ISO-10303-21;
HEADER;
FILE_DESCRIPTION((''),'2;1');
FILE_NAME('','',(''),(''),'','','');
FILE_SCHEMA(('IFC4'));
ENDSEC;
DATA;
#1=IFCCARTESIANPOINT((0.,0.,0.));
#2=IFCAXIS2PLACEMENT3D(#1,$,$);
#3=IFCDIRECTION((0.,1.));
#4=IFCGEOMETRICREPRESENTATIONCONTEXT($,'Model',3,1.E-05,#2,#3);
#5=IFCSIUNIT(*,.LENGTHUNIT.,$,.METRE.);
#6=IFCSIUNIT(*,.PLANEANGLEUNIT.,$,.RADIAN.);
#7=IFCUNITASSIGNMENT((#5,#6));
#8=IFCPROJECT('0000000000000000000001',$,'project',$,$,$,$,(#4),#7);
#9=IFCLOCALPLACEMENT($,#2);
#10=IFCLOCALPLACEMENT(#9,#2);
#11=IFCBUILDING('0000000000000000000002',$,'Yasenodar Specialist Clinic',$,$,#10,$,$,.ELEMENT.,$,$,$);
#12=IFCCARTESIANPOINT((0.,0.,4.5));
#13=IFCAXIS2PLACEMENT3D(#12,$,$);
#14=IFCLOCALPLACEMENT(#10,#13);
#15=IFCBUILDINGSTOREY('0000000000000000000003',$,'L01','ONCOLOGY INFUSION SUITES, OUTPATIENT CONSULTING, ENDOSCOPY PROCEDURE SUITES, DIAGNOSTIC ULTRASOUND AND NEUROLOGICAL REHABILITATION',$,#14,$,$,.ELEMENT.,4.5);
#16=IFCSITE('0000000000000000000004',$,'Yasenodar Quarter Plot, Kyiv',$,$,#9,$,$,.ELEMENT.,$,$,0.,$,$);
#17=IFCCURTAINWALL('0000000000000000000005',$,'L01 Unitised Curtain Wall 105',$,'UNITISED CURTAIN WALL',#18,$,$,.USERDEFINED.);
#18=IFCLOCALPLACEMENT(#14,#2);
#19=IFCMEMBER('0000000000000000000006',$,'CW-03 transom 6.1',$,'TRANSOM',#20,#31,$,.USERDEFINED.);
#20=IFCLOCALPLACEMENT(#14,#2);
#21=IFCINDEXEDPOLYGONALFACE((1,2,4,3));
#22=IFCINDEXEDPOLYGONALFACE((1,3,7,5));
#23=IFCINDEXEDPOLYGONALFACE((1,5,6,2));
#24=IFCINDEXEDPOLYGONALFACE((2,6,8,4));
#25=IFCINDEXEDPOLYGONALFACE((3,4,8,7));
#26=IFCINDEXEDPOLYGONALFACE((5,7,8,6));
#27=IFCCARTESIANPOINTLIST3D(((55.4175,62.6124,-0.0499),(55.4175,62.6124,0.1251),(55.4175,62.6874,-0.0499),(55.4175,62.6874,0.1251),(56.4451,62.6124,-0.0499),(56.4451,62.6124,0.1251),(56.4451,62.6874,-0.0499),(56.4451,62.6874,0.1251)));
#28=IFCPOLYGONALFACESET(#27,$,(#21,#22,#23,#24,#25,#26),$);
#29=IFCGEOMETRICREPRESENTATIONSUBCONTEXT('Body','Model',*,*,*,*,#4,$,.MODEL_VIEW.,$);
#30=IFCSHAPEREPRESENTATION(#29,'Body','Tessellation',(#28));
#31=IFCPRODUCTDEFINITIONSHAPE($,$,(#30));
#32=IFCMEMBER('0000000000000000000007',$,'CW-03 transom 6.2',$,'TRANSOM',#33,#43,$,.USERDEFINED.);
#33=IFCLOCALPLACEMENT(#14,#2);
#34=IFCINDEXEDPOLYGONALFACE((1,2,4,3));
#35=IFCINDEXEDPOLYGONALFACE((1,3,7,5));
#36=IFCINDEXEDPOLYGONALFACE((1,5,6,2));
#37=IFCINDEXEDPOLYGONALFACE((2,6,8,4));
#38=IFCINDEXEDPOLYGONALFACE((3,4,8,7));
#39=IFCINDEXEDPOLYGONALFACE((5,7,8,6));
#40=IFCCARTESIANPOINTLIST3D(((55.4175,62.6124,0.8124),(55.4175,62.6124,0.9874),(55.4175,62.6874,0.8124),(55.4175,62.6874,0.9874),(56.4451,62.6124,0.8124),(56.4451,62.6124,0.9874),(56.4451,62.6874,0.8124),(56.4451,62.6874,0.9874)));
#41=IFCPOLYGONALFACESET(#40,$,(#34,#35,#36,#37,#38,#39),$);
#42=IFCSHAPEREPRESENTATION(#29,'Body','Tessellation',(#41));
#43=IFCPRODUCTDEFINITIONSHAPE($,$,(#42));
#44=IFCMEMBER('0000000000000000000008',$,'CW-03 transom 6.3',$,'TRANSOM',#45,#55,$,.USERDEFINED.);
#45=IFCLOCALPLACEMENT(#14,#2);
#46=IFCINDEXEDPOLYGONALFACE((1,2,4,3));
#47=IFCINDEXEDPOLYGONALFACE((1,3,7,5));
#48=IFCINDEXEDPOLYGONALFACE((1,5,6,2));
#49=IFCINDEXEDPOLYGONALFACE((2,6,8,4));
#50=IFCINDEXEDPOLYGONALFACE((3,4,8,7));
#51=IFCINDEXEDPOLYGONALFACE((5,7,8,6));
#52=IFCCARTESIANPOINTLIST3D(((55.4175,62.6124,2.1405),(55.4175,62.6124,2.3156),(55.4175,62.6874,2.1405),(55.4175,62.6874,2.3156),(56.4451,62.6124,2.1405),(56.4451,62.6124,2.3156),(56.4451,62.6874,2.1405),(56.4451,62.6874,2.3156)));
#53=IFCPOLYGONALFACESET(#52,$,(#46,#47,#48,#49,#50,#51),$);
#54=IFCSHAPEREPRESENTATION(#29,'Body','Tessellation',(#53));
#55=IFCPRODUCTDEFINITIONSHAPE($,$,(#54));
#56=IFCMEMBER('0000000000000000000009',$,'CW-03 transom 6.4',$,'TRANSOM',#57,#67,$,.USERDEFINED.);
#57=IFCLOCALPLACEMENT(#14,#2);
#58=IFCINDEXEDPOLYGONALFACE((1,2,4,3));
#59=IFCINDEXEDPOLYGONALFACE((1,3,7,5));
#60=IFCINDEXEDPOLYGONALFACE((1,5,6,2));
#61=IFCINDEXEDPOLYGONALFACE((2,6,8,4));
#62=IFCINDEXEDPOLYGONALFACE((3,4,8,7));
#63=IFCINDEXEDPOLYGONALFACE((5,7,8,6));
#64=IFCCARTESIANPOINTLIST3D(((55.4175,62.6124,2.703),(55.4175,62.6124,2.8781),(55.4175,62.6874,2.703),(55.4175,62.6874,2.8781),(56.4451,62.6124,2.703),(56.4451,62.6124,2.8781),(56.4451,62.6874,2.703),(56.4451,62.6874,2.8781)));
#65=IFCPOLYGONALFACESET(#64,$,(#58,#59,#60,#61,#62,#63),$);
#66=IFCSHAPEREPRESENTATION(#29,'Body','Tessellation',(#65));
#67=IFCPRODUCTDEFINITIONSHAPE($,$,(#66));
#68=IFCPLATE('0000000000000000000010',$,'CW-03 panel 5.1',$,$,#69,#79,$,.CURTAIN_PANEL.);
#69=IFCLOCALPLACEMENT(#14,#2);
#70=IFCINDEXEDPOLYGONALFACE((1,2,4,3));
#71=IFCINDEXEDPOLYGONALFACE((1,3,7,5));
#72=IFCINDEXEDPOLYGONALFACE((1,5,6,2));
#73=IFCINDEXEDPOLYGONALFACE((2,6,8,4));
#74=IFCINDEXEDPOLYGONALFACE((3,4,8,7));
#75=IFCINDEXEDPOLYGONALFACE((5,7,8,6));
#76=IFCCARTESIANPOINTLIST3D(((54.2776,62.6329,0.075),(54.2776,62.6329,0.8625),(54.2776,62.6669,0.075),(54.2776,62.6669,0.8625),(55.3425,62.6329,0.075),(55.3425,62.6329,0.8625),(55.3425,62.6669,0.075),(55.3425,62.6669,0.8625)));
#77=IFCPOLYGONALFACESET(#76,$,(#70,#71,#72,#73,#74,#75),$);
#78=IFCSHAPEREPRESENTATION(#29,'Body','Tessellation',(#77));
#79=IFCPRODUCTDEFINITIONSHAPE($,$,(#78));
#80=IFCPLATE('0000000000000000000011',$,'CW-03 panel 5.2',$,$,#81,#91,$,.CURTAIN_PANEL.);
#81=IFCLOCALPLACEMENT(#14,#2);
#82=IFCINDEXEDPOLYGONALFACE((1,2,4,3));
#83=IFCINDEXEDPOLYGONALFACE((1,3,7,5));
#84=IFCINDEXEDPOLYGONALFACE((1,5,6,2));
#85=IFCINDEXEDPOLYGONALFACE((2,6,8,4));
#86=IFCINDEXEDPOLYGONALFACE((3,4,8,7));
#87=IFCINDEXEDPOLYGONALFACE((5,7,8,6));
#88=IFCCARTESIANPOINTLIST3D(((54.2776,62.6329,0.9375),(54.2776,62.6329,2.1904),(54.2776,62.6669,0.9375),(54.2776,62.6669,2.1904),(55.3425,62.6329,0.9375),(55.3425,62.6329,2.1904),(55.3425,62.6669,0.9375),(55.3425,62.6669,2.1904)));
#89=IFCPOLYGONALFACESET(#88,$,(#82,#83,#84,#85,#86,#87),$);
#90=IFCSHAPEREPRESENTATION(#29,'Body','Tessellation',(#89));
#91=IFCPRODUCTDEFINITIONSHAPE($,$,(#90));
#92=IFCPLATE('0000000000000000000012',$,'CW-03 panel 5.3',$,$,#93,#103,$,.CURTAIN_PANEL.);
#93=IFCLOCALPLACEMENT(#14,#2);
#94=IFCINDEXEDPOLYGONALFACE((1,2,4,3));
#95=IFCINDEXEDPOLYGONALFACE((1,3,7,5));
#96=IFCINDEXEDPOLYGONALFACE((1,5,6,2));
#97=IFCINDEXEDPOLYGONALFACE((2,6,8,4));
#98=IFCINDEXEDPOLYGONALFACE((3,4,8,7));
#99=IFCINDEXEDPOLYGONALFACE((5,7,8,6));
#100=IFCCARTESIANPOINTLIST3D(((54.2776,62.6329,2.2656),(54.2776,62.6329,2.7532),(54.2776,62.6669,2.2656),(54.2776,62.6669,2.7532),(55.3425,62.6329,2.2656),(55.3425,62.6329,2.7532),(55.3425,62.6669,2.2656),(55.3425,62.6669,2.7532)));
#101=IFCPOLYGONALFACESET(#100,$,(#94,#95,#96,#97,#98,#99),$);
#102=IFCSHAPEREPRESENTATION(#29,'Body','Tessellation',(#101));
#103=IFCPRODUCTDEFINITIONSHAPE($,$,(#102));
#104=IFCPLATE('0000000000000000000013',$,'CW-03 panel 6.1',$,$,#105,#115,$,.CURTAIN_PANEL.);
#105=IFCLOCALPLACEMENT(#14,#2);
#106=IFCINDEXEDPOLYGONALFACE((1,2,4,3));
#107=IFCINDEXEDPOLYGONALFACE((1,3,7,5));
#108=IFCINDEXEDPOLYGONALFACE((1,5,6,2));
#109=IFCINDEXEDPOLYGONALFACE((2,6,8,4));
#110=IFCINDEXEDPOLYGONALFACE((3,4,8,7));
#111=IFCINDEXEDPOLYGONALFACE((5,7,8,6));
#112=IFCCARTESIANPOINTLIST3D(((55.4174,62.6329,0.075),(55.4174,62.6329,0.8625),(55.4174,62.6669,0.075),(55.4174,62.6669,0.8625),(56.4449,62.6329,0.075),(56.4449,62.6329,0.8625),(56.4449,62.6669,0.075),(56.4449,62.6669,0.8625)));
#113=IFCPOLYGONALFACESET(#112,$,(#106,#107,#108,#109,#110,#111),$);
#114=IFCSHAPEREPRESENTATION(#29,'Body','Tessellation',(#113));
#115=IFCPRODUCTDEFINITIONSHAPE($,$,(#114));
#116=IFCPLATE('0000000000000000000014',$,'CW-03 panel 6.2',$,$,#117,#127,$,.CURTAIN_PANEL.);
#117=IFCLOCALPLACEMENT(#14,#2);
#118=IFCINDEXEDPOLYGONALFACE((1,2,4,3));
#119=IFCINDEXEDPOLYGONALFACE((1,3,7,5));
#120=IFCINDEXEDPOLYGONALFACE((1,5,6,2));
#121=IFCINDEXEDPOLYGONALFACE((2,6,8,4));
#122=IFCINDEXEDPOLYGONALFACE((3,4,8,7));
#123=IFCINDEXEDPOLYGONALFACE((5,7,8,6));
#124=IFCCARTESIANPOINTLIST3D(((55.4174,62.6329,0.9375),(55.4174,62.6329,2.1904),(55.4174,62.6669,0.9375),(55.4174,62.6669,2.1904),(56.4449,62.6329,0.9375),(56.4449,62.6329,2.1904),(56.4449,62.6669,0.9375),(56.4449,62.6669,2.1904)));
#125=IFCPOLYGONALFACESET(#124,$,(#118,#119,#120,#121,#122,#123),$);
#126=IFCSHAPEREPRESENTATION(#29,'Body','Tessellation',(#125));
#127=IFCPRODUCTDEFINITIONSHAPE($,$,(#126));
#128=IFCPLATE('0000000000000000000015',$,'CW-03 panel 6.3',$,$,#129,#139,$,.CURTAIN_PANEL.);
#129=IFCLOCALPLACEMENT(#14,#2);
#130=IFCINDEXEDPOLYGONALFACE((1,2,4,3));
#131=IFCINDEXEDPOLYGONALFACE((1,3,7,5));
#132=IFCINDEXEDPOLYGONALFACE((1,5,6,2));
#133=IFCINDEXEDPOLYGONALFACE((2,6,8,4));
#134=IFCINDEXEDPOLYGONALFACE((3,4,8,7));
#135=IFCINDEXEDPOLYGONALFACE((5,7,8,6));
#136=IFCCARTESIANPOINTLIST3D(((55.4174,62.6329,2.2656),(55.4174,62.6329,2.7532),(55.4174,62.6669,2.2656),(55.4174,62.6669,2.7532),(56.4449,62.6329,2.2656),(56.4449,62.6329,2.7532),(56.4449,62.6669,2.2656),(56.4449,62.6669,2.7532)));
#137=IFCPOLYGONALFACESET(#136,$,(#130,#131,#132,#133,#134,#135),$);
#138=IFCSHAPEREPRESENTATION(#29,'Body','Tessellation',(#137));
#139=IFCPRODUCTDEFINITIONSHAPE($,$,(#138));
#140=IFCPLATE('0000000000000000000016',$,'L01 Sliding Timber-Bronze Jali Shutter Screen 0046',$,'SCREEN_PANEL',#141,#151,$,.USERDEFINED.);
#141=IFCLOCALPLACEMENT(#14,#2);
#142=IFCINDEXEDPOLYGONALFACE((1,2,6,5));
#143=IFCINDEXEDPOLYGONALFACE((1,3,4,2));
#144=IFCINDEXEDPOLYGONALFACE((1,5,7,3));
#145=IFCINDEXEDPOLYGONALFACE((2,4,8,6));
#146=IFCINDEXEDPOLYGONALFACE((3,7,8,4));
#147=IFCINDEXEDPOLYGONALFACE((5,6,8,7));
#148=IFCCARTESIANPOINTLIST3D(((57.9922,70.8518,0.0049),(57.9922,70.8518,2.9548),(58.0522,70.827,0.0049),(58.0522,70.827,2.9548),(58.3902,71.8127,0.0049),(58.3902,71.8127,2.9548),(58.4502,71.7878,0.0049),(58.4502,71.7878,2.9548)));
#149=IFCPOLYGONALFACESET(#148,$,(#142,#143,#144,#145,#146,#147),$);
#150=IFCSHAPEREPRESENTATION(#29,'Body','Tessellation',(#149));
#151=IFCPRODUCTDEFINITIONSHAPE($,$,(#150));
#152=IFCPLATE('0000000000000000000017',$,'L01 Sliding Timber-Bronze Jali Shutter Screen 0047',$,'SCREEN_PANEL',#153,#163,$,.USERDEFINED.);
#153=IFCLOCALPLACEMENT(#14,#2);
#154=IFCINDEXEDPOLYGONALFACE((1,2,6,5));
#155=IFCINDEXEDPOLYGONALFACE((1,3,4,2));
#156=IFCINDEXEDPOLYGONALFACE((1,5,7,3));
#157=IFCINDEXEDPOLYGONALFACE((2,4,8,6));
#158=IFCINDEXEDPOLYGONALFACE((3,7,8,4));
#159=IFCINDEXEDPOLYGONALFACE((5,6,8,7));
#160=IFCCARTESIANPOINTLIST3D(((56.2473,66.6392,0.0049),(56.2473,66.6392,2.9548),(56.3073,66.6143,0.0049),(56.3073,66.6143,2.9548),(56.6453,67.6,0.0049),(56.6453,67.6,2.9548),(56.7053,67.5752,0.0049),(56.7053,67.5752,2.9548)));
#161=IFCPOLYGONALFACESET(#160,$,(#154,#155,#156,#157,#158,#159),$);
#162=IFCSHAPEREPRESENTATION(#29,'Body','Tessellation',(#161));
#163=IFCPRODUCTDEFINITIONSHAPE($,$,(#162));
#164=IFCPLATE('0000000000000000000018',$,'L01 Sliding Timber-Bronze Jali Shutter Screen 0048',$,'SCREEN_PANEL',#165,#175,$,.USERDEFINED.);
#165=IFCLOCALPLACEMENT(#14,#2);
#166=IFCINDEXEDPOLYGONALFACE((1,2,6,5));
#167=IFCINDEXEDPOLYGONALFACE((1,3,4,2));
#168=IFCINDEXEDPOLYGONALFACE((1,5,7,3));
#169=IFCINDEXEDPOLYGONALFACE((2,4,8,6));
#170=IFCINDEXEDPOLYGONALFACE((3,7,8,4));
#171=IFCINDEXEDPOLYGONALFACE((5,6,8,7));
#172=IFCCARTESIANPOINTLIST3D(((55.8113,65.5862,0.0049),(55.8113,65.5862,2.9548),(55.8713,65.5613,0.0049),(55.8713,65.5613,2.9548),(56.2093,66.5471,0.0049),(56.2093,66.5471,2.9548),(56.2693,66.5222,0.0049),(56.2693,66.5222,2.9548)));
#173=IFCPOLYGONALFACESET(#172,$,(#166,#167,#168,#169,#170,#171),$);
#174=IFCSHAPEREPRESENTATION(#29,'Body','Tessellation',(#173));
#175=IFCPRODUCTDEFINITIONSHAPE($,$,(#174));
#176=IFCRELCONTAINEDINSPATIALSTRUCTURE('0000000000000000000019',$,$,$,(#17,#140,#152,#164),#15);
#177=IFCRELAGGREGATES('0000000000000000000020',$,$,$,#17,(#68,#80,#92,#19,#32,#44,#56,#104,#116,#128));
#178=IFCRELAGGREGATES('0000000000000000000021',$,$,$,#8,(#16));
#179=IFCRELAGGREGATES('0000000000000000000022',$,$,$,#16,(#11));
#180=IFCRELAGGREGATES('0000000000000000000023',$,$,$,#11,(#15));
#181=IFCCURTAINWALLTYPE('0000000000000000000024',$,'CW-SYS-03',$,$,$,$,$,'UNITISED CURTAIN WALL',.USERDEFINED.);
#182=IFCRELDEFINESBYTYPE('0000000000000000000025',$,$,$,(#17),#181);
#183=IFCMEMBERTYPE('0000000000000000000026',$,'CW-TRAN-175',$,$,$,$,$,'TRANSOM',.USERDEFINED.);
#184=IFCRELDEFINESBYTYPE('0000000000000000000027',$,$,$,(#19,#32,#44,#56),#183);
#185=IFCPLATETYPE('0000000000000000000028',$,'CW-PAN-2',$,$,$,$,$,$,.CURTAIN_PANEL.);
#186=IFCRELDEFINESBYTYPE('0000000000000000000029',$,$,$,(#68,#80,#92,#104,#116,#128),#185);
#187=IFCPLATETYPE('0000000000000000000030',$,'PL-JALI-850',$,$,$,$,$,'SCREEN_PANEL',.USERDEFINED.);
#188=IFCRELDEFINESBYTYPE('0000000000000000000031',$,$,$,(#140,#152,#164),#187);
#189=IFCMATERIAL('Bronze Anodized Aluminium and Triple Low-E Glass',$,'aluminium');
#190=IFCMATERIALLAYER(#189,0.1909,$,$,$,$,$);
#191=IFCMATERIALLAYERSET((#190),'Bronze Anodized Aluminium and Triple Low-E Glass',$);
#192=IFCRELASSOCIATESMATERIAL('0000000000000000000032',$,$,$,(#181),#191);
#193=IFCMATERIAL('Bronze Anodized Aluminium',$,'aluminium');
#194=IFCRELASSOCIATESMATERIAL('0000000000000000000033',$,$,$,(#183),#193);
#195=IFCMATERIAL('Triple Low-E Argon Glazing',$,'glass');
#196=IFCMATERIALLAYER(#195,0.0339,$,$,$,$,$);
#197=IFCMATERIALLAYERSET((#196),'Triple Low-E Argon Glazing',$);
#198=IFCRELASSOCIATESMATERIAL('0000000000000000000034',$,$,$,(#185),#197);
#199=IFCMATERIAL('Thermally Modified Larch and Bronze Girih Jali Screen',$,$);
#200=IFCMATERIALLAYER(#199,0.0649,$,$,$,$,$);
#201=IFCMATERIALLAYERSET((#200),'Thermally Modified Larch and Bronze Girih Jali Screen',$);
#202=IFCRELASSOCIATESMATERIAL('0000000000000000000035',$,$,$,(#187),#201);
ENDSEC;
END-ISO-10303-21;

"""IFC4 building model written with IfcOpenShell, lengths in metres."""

from ifc_helpers import new_model, si_unit, direction, frame, origin, origin_2d, place, context, subcontext, project, spatial, rectangle, extrude, material, layer, layer_set, material_profile, profile_set, type_object, element, aggregate, save


model = new_model("IFC4")

# Units and contexts
model_context = context("Model", 3, precision=1e-05, world=origin(), true_north=direction((0.0, 1.0)))
body_context = subcontext(model_context, "Body", "Model", "MODEL_VIEW")
ifc_project = project(units=[si_unit("LENGTHUNIT", "METRE"), si_unit("PLANEANGLEUNIT", "RADIAN")], contexts=[model_context])

# Site, building, storey
site_placement = place(None, origin())
site = spatial("IfcSite", under=ifc_project, at=site_placement, Name="Yasenodar Quarter Plot, Kyiv", CompositionType="ELEMENT", RefElevation=0.0)
building_placement = place(site_placement, origin())
building = spatial("IfcBuilding", under=site, at=building_placement, Name="Yasenodar Specialist Clinic", CompositionType="ELEMENT")
storey_placement = place(building_placement, frame((0.0, 0.0, 4.5)))
storey = spatial("IfcBuildingStorey", under=building, at=storey_placement, Name="L01", Description="ONCOLOGY INFUSION SUITES, OUTPATIENT CONSULTING, ENDOSCOPY PROCEDURE SUITES, DIAGNOSTIC ULTRASOUND AND NEUROLOGICAL REHABILITATION", CompositionType="ELEMENT", Elevation=4.5)

# Curtain wall, members, plates
ifc_material_1 = material(Name="Bronze Anodized Aluminium and Triple Low-E Glass", Category="aluminium")
ifc_layer_1 = layer(ifc_material_1, 0.1909)
ifc_layer_set_1 = layer_set([ifc_layer_1], Name="Bronze Anodized Aluminium and Triple Low-E Glass")
curtain_wall_type = type_object("IfcCurtainWallType", Name="CW-SYS-03", ElementType="UNITISED CURTAIN WALL", PredefinedType="USERDEFINED", material=ifc_layer_set_1)
curtain_wall_placement = place(storey_placement, origin())
curtain_wall = element("IfcCurtainWall", 1, at=curtain_wall_placement, inside=storey, type_object=curtain_wall_type, Name="L01 Unitised Curtain Wall 105", ObjectType="UNITISED CURTAIN WALL", PredefinedType="USERDEFINED")
ifc_material_2 = material(Name="Bronze Anodized Aluminium", Category="aluminium")
ifc_material_profile_1 = material_profile(ifc_material_2, rectangle(XDim=0.075, YDim=0.175, at=origin_2d()), Name="CW-TRAN 75x175")
ifc_profile_set_1 = profile_set([ifc_material_profile_1], Name="Bronze Anodized Aluminium")
member_type_1 = type_object("IfcMemberType", Name="CW-TRAN-175", ElementType="TRANSOM", PredefinedType="USERDEFINED", material=ifc_profile_set_1)
member_1_placement = place(storey_placement, frame((55.4175, 62.6499, 0.0376), z_axis=(1.0, 0.0, 0.0), x_axis=(0.0, 1.0, 0.0)))
member_1 = element("IfcMember", 2, at=member_1_placement, type_object=member_type_1, Name="CW-03 transom 6.1", ObjectType="TRANSOM", PredefinedType="USERDEFINED", context=body_context, shape_type="SweptSolid", body=[
    extrude(rectangle(XDim=0.075, YDim=0.175, at=origin_2d()), origin(), (0.0, 0.0, 1.0), 1.0276),
])
member_2_placement = place(storey_placement, frame((55.4175, 62.6499, 0.8999), z_axis=(1.0, 0.0, 0.0), x_axis=(0.0, 1.0, 0.0)))
member_2 = element("IfcMember", 3, at=member_2_placement, type_object=member_type_1, Name="CW-03 transom 6.2", ObjectType="TRANSOM", PredefinedType="USERDEFINED", context=body_context, shape_type="SweptSolid", body=[
    extrude(rectangle(XDim=0.075, YDim=0.175, at=origin_2d()), origin(), (0.0, 0.0, 1.0), 1.0276),
])
member_3_placement = place(storey_placement, frame((55.4175, 62.6499, 2.228), z_axis=(1.0, 0.0, 0.0), x_axis=(0.0, 1.0, 0.0)))
member_3 = element("IfcMember", 4, at=member_3_placement, type_object=member_type_1, Name="CW-03 transom 6.3", ObjectType="TRANSOM", PredefinedType="USERDEFINED", context=body_context, shape_type="SweptSolid", body=[
    extrude(rectangle(XDim=0.075, YDim=0.175, at=origin_2d()), origin(), (0.0, 0.0, 1.0), 1.0276),
])
member_4_placement = place(storey_placement, frame((55.4175, 62.6499, 2.7905), z_axis=(1.0, 0.0, 0.0), x_axis=(0.0, 1.0, 0.0)))
member_4 = element("IfcMember", 5, at=member_4_placement, type_object=member_type_1, Name="CW-03 transom 6.4", ObjectType="TRANSOM", PredefinedType="USERDEFINED", context=body_context, shape_type="SweptSolid", body=[
    extrude(rectangle(XDim=0.075, YDim=0.175, at=origin_2d()), origin(), (0.0, 0.0, 1.0), 1.0276),
])
ifc_material_3 = material(Name="Triple Low-E Argon Glazing", Category="glass")
ifc_layer_2 = layer(ifc_material_3, 0.0339)
ifc_layer_set_2 = layer_set([ifc_layer_2], Name="Triple Low-E Argon Glazing")
plate_type_1 = type_object("IfcPlateType", Name="CW-PAN-2", PredefinedType="CURTAIN_PANEL", material=ifc_layer_set_2)
plate_1_placement = place(storey_placement, frame((54.8101, 62.6499, 0.075), z_axis=(0.0, 0.0, 1.0), x_axis=(1.0, 0.0, 0.0)))
plate_1 = element("IfcPlate", 6, at=plate_1_placement, type_object=plate_type_1, Name="CW-03 panel 5.1", PredefinedType="CURTAIN_PANEL", context=body_context, shape_type="SweptSolid", body=[
    extrude(rectangle(XDim=1.0649, YDim=0.0339, at=origin_2d()), origin(), (0.0, 0.0, 1.0), 0.7876),
])
plate_2_placement = place(storey_placement, frame((54.8101, 62.6499, 0.9375), z_axis=(0.0, 0.0, 1.0), x_axis=(1.0, 0.0, 0.0)))
plate_2 = element("IfcPlate", 7, at=plate_2_placement, type_object=plate_type_1, Name="CW-03 panel 5.2", PredefinedType="CURTAIN_PANEL", context=body_context, shape_type="SweptSolid", body=[
    extrude(rectangle(XDim=1.0649, YDim=0.0339, at=origin_2d()), origin(), (0.0, 0.0, 1.0), 1.2529),
])
plate_3_placement = place(storey_placement, frame((54.8101, 62.6499, 2.2656), z_axis=(0.0, 0.0, 1.0), x_axis=(1.0, 0.0, 0.0)))
plate_3 = element("IfcPlate", 8, at=plate_3_placement, type_object=plate_type_1, Name="CW-03 panel 5.3", PredefinedType="CURTAIN_PANEL", context=body_context, shape_type="SweptSolid", body=[
    extrude(rectangle(XDim=1.0649, YDim=0.0339, at=origin_2d()), origin(), (0.0, 0.0, 1.0), 0.4875),
])
plate_4_placement = place(storey_placement, frame((55.9312, 62.6499, 0.075), z_axis=(0.0, 0.0, 1.0), x_axis=(1.0, 0.0, 0.0)))
plate_4 = element("IfcPlate", 9, at=plate_4_placement, type_object=plate_type_1, Name="CW-03 panel 6.1", PredefinedType="CURTAIN_PANEL", context=body_context, shape_type="SweptSolid", body=[
    extrude(rectangle(XDim=1.0276, YDim=0.0339, at=origin_2d()), origin(), (0.0, 0.0, 1.0), 0.7876),
])
plate_5_placement = place(storey_placement, frame((55.9312, 62.6499, 0.9375), z_axis=(0.0, 0.0, 1.0), x_axis=(1.0, 0.0, 0.0)))
plate_5 = element("IfcPlate", 10, at=plate_5_placement, type_object=plate_type_1, Name="CW-03 panel 6.2", PredefinedType="CURTAIN_PANEL", context=body_context, shape_type="SweptSolid", body=[
    extrude(rectangle(XDim=1.0276, YDim=0.0339, at=origin_2d()), origin(), (0.0, 0.0, 1.0), 1.2529),
])
plate_6_placement = place(storey_placement, frame((55.9312, 62.6499, 2.2656), z_axis=(0.0, 0.0, 1.0), x_axis=(1.0, 0.0, 0.0)))
plate_6 = element("IfcPlate", 11, at=plate_6_placement, type_object=plate_type_1, Name="CW-03 panel 6.3", PredefinedType="CURTAIN_PANEL", context=body_context, shape_type="SweptSolid", body=[
    extrude(rectangle(XDim=1.0276, YDim=0.0339, at=origin_2d()), origin(), (0.0, 0.0, 1.0), 0.4875),
])
aggregate(curtain_wall, [plate_1, plate_2, plate_3, member_1, member_2, member_3, member_4, plate_4, plate_5, plate_6])

# Plates
ifc_material_4 = material(Name="Thermally Modified Larch and Bronze Girih Jali Screen")
ifc_layer_3 = layer(ifc_material_4, 0.0649)
ifc_layer_set_3 = layer_set([ifc_layer_3], Name="Thermally Modified Larch and Bronze Girih Jali Screen")
plate_type_2 = type_object("IfcPlateType", Name="PL-JALI-850", ElementType="SCREEN_PANEL", PredefinedType="USERDEFINED", material=ifc_layer_set_3)
for number, where, z_axis, x_axis, name in (
    (12, (58.2212, 71.3198, 0.0049), (0.0, 0.0, 1.0), (-0.382687, -0.923878, 0.0), "L01 Sliding Timber-Bronze Jali Shutter Screen 0046"),
    (13, (56.4763, 67.1072, 0.0049), (0.0, 0.0, 1.0), (-0.382687, -0.923878, 0.0), "L01 Sliding Timber-Bronze Jali Shutter Screen 0047"),
    (14, (56.0403, 66.0542, 0.0049), (0.0, 0.0, 1.0), (-0.382687, -0.923878, 0.0), "L01 Sliding Timber-Bronze Jali Shutter Screen 0048"),
):
    element("IfcPlate", number, at=place(storey_placement, frame(where, z_axis=z_axis, x_axis=x_axis)), inside=storey, type_object=plate_type_2, Name=name, ObjectType="SCREEN_PANEL", PredefinedType="USERDEFINED", context=body_context, shape_type="SweptSolid", body=[
        extrude(rectangle(XDim=1.04, YDim=0.0649, at=origin_2d()), origin(), (0.0, 0.0, 1.0), 2.95),
    ])

save(model, "model.ifc")
